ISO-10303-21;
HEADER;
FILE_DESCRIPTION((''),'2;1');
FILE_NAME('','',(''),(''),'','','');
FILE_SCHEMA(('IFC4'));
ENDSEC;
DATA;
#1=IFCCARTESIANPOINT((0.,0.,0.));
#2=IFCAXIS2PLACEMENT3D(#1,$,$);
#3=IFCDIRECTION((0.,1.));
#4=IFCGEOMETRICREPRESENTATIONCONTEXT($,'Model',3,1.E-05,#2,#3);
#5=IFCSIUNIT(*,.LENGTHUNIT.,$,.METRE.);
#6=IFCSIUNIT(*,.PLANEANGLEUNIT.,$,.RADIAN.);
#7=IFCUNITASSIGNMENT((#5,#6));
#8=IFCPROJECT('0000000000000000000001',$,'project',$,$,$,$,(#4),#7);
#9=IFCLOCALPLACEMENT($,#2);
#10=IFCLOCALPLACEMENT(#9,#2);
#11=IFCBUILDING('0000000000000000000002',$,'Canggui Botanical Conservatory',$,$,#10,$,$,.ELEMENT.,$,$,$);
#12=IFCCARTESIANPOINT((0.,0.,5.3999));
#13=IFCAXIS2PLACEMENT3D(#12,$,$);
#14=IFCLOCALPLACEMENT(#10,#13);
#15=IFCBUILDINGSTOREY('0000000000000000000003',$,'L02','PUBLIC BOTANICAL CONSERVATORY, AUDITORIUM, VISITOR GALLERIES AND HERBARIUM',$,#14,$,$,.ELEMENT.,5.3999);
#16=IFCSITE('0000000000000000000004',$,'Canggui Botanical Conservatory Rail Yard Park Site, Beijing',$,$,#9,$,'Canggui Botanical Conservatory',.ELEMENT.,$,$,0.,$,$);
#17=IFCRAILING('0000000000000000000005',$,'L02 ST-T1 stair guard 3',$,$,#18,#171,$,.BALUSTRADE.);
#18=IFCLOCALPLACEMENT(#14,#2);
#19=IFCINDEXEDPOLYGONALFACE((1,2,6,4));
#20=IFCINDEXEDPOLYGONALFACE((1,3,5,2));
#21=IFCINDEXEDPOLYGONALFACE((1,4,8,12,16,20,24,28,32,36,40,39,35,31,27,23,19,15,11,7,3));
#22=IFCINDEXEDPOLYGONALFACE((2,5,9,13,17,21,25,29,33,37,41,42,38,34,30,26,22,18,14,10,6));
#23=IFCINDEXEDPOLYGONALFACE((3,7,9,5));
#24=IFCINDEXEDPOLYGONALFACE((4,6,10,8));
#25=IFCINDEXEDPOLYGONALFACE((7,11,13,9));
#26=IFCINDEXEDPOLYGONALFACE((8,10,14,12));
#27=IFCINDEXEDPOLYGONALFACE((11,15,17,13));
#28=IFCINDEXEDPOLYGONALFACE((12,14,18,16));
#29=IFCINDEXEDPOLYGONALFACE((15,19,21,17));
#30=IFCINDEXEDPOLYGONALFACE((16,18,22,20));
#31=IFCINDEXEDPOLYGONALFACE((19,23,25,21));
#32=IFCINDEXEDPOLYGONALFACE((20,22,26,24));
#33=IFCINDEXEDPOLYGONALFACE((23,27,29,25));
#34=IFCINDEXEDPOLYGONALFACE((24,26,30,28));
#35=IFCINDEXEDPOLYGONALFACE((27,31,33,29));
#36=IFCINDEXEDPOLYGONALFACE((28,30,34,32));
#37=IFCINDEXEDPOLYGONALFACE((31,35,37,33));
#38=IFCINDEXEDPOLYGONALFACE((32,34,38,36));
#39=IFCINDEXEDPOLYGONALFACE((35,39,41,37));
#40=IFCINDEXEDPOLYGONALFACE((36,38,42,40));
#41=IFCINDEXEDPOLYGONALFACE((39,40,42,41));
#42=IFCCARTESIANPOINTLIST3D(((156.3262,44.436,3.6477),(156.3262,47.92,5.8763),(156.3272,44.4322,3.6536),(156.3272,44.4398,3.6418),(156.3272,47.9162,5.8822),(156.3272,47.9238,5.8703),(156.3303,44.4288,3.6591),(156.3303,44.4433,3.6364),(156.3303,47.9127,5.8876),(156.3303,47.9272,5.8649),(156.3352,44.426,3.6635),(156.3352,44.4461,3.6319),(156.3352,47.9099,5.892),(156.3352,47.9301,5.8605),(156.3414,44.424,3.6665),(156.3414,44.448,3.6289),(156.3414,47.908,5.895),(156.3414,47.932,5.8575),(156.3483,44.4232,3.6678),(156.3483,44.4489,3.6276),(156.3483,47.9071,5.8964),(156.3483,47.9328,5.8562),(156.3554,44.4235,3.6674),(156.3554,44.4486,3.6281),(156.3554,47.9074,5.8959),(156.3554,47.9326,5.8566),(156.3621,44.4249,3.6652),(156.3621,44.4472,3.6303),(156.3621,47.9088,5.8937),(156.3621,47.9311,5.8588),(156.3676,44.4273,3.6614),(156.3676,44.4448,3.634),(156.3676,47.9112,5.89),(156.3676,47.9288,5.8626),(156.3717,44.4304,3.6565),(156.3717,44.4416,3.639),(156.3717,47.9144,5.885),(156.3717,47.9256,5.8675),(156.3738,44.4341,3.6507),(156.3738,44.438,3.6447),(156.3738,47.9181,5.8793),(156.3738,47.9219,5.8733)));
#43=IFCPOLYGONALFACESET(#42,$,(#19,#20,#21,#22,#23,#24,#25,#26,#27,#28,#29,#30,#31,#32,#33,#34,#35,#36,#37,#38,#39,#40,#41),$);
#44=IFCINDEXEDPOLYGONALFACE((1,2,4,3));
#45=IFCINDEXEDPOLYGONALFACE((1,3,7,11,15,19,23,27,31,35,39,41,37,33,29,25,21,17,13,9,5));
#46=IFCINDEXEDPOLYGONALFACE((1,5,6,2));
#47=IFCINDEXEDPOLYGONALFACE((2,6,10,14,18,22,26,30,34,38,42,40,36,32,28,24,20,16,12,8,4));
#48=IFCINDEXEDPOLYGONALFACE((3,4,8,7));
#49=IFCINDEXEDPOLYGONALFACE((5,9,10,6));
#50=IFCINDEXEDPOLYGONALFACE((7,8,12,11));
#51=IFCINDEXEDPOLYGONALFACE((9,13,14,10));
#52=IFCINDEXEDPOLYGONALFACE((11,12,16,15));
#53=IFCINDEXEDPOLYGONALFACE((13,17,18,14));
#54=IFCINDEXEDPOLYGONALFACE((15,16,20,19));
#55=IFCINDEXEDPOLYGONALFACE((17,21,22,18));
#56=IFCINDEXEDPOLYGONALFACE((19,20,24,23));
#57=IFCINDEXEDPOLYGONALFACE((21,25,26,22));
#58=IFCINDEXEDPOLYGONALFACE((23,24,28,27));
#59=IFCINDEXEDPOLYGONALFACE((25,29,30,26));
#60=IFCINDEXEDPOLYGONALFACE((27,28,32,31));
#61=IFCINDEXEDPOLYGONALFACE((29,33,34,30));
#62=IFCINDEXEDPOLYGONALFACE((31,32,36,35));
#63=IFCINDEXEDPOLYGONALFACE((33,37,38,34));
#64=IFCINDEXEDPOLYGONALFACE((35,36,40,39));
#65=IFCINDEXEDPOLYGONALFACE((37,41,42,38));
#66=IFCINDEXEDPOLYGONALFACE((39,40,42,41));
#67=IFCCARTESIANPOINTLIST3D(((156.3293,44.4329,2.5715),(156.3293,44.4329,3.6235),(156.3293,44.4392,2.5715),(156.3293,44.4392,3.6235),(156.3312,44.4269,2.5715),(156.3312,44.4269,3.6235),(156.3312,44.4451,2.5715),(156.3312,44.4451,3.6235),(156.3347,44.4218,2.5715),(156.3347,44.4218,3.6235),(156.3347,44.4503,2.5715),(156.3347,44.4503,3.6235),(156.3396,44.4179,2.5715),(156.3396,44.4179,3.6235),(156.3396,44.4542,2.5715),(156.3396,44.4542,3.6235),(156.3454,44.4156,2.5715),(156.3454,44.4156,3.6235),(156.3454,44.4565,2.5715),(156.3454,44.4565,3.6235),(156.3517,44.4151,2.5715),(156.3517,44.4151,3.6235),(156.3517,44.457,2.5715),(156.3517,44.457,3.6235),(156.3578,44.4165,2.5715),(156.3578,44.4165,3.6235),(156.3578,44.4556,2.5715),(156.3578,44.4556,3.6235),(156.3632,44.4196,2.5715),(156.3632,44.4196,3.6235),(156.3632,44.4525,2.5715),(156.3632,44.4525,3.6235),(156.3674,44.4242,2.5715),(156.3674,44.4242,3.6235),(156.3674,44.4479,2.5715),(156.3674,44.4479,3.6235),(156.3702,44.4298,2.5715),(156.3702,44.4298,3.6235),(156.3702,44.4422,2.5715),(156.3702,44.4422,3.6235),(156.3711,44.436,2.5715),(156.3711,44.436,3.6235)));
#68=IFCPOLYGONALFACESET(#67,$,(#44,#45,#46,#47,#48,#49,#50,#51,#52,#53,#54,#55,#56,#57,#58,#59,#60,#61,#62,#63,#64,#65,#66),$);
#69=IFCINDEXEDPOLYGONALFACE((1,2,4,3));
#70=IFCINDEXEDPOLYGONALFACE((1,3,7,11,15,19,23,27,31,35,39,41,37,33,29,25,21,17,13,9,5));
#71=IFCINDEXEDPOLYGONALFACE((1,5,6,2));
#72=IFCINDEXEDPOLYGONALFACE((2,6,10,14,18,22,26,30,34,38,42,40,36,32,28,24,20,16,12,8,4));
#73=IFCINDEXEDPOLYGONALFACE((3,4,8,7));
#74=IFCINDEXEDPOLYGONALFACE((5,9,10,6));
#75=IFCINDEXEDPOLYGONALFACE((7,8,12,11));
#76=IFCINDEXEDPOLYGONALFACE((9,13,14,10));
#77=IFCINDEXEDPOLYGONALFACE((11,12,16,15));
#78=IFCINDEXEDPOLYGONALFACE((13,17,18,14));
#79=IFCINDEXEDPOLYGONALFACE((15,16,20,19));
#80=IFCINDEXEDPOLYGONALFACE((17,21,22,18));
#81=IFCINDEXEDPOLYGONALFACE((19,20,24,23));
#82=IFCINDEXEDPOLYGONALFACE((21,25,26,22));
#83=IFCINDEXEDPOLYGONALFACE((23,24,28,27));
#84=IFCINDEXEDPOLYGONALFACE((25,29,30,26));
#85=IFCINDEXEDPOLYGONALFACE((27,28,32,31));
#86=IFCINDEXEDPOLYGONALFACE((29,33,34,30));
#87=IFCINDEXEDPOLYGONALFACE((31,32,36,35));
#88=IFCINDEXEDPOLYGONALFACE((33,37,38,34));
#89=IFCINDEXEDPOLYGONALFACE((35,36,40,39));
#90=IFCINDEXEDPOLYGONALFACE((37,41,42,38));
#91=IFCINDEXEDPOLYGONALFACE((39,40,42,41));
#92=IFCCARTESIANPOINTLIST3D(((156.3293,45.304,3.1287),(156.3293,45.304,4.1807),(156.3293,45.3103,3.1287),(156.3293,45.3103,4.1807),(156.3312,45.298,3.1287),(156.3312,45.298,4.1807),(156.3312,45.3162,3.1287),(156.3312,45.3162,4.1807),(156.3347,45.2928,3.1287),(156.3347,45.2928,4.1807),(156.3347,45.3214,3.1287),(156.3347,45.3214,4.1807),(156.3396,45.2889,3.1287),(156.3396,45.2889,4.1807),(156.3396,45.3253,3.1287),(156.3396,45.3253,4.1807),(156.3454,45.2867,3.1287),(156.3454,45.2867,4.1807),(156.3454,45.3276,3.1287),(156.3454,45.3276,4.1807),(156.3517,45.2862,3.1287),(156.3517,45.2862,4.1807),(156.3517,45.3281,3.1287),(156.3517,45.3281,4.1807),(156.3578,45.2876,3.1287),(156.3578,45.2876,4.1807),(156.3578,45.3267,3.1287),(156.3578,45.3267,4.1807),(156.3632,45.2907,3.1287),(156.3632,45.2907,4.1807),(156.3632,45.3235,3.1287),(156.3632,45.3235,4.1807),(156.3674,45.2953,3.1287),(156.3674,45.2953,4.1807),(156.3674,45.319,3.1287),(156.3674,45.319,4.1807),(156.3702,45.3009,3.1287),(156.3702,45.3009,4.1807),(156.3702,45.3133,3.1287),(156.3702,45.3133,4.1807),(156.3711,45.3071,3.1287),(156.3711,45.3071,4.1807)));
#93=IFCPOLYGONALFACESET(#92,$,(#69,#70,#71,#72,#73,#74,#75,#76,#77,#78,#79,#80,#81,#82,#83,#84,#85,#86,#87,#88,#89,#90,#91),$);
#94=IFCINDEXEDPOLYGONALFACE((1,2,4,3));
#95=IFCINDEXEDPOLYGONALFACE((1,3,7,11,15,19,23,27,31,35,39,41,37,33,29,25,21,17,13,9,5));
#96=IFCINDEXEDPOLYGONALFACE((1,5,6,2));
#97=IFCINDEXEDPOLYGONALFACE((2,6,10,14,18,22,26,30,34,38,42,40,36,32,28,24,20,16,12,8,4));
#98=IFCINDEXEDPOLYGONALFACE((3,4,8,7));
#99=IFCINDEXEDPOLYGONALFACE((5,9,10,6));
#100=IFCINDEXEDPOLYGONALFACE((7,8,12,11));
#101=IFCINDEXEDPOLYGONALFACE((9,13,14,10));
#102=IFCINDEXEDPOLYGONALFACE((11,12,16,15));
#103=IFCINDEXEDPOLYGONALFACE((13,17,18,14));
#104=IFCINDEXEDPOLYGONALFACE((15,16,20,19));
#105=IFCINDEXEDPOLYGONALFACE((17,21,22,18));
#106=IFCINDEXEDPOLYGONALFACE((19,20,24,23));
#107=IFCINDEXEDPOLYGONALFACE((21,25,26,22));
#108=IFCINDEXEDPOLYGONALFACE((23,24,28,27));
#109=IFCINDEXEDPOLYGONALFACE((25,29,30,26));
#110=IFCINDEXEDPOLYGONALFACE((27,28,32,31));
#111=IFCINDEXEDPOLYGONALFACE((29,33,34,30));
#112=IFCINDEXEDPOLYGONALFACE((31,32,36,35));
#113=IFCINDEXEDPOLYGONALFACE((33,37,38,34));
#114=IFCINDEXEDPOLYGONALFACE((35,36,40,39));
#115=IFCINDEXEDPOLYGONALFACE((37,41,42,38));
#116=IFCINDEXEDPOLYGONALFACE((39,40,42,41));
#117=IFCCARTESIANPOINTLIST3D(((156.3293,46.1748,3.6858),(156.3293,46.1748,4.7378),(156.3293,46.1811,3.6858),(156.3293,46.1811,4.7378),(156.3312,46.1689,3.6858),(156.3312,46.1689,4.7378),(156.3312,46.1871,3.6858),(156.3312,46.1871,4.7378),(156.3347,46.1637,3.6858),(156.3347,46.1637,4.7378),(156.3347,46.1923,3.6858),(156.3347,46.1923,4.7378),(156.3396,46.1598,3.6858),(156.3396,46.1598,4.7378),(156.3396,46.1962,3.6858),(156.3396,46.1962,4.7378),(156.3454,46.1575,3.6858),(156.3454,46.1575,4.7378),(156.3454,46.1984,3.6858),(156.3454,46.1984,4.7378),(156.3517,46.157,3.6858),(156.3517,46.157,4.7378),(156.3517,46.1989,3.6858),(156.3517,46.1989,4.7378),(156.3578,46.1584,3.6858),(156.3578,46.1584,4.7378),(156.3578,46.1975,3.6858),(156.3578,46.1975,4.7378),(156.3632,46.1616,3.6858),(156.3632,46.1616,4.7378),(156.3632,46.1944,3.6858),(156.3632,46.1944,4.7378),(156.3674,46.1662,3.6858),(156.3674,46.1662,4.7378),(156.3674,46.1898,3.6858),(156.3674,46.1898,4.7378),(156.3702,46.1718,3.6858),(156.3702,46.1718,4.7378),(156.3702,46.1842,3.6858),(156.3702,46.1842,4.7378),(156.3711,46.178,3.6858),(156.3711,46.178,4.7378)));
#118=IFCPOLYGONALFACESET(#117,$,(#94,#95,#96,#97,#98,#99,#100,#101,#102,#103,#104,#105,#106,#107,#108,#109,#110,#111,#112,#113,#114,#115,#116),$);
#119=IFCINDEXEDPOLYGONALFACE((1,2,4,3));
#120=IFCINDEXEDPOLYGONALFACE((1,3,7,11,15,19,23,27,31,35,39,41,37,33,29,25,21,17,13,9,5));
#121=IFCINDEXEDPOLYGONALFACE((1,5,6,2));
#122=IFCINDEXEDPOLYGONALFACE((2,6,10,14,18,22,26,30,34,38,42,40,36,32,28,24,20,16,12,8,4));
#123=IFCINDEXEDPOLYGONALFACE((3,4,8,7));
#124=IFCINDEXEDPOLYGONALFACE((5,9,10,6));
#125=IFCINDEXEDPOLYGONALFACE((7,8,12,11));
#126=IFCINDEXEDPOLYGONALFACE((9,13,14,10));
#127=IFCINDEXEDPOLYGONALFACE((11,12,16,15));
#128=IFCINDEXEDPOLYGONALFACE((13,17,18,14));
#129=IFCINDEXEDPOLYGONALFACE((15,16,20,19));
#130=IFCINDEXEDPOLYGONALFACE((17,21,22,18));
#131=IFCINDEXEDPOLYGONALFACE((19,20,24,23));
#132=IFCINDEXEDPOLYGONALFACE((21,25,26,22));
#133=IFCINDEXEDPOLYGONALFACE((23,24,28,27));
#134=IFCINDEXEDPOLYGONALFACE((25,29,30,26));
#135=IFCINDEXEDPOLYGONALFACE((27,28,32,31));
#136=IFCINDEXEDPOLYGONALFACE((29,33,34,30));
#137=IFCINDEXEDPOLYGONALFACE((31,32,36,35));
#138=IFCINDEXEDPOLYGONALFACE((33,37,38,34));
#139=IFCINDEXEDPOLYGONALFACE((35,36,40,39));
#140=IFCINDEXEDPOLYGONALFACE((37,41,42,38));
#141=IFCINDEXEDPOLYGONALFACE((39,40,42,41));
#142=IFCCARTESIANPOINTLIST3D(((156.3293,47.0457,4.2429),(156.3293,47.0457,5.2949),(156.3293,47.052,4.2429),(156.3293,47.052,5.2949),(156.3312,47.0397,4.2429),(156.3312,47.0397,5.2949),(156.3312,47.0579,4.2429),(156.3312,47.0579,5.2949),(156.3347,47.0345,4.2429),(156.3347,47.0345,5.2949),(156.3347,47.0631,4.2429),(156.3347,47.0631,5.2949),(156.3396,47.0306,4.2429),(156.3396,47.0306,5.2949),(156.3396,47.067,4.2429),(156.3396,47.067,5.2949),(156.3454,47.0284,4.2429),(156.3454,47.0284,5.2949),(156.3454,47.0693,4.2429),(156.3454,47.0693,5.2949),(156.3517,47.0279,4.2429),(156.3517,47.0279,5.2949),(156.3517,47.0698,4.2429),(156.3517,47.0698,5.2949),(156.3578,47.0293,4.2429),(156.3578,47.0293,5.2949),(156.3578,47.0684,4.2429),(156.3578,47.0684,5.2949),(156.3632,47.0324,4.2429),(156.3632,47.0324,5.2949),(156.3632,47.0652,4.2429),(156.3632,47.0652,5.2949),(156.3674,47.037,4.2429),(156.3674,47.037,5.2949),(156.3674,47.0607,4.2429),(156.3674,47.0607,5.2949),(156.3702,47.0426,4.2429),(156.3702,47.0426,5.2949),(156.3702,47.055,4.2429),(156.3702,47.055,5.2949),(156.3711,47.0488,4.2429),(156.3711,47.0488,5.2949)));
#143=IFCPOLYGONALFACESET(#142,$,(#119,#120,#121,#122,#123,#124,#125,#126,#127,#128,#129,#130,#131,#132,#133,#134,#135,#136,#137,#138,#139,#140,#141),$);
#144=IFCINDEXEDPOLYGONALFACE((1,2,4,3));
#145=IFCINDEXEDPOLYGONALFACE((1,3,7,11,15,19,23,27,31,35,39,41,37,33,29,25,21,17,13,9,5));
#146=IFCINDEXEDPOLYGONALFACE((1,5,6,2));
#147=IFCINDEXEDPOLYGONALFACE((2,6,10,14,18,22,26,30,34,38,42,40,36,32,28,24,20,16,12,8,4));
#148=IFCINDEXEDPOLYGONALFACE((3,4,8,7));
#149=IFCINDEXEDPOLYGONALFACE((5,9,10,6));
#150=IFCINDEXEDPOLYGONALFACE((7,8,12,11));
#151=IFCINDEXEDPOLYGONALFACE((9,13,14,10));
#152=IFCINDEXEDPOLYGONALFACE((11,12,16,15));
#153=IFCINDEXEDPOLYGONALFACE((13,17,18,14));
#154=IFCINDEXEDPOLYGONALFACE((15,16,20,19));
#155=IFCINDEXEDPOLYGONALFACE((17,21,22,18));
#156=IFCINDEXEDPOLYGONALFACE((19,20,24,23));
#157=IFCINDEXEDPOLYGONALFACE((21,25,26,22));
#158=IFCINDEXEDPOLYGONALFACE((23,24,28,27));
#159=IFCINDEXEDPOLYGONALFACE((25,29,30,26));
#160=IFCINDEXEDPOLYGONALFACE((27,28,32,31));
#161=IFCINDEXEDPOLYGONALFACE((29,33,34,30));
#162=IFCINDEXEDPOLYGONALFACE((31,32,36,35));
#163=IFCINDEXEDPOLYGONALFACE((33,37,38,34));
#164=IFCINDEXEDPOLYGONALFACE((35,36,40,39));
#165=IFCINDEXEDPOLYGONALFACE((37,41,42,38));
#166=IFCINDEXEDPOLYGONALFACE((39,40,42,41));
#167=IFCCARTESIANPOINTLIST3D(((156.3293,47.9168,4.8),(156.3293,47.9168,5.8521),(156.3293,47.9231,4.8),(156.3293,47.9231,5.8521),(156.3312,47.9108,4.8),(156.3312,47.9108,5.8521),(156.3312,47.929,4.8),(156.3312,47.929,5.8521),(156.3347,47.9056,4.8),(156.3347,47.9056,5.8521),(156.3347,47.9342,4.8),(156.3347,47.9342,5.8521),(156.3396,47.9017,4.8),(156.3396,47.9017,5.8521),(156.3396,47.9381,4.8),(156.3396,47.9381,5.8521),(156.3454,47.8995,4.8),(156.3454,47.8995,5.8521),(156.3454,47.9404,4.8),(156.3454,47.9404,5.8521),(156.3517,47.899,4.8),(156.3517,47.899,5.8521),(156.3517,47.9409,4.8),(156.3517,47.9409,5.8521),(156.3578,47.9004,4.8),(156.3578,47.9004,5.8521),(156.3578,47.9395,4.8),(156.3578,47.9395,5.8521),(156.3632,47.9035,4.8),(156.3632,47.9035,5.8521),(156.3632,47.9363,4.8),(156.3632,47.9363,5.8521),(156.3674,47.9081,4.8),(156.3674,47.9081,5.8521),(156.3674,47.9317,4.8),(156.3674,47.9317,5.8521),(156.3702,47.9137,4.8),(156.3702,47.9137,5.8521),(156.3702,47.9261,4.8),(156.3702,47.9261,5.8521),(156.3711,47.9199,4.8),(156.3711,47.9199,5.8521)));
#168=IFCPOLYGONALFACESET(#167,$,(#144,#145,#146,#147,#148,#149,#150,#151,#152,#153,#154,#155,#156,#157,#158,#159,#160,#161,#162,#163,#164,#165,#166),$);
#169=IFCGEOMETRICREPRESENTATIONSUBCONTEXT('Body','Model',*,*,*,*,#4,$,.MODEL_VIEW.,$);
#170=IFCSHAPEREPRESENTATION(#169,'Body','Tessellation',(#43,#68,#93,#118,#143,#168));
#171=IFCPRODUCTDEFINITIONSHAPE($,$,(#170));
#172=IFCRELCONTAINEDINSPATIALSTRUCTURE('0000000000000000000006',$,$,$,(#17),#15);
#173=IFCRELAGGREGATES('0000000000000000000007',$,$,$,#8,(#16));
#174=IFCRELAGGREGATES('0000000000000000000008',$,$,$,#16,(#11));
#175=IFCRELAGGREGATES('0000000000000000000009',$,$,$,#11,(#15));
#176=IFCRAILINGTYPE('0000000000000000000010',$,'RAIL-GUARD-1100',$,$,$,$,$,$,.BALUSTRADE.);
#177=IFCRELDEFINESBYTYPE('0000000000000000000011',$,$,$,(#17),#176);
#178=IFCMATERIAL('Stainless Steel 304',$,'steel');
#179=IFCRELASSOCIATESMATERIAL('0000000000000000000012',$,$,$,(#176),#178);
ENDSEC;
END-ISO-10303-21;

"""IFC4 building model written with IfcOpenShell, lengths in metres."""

from ifc_helpers import new_model, si_unit, direction, frame, origin, origin_2d, place, context, subcontext, project, spatial, circle, extrude, material, type_object, element, save


model = new_model("IFC4")

# Units and contexts
model_context = context("Model", 3, precision=1e-05, world=origin(), true_north=direction((0.0, 1.0)))
body_context = subcontext(model_context, "Body", "Model", "MODEL_VIEW")
ifc_project = project(units=[si_unit("LENGTHUNIT", "METRE"), si_unit("PLANEANGLEUNIT", "RADIAN")], contexts=[model_context])

# Site, building, storey
site_placement = place(None, origin())
site = spatial("IfcSite", under=ifc_project, at=site_placement, Name="Canggui Botanical Conservatory Rail Yard Park Site, Beijing", LongName="Canggui Botanical Conservatory", CompositionType="ELEMENT", RefElevation=0.0)
building_placement = place(site_placement, origin())
building = spatial("IfcBuilding", under=site, at=building_placement, Name="Canggui Botanical Conservatory", CompositionType="ELEMENT")
storey_placement = place(building_placement, frame((0.0, 0.0, 5.3999)))
storey = spatial("IfcBuildingStorey", under=building, at=storey_placement, Name="L02", Description="PUBLIC BOTANICAL CONSERVATORY, AUDITORIUM, VISITOR GALLERIES AND HERBARIUM", CompositionType="ELEMENT", Elevation=5.3999)

# Railing
ifc_material_1 = material(Name="Stainless Steel 304", Category="steel")
railing_type_1 = type_object("IfcRailingType", Name="RAIL-GUARD-1100", PredefinedType="BALUSTRADE", material=ifc_material_1)
railing_1_placement = place(storey_placement, frame((156.3501, 44.436, 2.5715)))
element("IfcRailing", 1, at=railing_1_placement, inside=storey, type_object=railing_type_1, Name="L02 ST-T1 stair guard 3", PredefinedType="BALUSTRADE", context=body_context, shape_type="SweptSolid", body=[
    extrude(circle(Radius=0.0239, at=origin_2d()), frame((0.0, 0.0, 1.0762), z_axis=(0.0, 0.8424, 0.538853), x_axis=(-1.0, 0.0, 0.0)), (0.0, 0.0, 1.0), 4.1357),
    extrude(circle(Radius=0.021, at=origin_2d()), origin(), (0.0, 0.0, 1.0), 1.052),
    extrude(circle(Radius=0.021, at=origin_2d()), frame((0.0, 0.8711, 0.5571)), (0.0, 0.0, 1.0), 1.052),
    extrude(circle(Radius=0.021, at=origin_2d()), frame((0.0, 1.7419, 1.1143)), (0.0, 0.0, 1.0), 1.052),
    extrude(circle(Radius=0.021, at=origin_2d()), frame((0.0, 2.6128, 1.6714)), (0.0, 0.0, 1.0), 1.052),
    extrude(circle(Radius=0.021, at=origin_2d()), frame((0.0, 3.4839, 2.2285)), (0.0, 0.0, 1.0), 1.052),
])

save(model, "model.ifc")
